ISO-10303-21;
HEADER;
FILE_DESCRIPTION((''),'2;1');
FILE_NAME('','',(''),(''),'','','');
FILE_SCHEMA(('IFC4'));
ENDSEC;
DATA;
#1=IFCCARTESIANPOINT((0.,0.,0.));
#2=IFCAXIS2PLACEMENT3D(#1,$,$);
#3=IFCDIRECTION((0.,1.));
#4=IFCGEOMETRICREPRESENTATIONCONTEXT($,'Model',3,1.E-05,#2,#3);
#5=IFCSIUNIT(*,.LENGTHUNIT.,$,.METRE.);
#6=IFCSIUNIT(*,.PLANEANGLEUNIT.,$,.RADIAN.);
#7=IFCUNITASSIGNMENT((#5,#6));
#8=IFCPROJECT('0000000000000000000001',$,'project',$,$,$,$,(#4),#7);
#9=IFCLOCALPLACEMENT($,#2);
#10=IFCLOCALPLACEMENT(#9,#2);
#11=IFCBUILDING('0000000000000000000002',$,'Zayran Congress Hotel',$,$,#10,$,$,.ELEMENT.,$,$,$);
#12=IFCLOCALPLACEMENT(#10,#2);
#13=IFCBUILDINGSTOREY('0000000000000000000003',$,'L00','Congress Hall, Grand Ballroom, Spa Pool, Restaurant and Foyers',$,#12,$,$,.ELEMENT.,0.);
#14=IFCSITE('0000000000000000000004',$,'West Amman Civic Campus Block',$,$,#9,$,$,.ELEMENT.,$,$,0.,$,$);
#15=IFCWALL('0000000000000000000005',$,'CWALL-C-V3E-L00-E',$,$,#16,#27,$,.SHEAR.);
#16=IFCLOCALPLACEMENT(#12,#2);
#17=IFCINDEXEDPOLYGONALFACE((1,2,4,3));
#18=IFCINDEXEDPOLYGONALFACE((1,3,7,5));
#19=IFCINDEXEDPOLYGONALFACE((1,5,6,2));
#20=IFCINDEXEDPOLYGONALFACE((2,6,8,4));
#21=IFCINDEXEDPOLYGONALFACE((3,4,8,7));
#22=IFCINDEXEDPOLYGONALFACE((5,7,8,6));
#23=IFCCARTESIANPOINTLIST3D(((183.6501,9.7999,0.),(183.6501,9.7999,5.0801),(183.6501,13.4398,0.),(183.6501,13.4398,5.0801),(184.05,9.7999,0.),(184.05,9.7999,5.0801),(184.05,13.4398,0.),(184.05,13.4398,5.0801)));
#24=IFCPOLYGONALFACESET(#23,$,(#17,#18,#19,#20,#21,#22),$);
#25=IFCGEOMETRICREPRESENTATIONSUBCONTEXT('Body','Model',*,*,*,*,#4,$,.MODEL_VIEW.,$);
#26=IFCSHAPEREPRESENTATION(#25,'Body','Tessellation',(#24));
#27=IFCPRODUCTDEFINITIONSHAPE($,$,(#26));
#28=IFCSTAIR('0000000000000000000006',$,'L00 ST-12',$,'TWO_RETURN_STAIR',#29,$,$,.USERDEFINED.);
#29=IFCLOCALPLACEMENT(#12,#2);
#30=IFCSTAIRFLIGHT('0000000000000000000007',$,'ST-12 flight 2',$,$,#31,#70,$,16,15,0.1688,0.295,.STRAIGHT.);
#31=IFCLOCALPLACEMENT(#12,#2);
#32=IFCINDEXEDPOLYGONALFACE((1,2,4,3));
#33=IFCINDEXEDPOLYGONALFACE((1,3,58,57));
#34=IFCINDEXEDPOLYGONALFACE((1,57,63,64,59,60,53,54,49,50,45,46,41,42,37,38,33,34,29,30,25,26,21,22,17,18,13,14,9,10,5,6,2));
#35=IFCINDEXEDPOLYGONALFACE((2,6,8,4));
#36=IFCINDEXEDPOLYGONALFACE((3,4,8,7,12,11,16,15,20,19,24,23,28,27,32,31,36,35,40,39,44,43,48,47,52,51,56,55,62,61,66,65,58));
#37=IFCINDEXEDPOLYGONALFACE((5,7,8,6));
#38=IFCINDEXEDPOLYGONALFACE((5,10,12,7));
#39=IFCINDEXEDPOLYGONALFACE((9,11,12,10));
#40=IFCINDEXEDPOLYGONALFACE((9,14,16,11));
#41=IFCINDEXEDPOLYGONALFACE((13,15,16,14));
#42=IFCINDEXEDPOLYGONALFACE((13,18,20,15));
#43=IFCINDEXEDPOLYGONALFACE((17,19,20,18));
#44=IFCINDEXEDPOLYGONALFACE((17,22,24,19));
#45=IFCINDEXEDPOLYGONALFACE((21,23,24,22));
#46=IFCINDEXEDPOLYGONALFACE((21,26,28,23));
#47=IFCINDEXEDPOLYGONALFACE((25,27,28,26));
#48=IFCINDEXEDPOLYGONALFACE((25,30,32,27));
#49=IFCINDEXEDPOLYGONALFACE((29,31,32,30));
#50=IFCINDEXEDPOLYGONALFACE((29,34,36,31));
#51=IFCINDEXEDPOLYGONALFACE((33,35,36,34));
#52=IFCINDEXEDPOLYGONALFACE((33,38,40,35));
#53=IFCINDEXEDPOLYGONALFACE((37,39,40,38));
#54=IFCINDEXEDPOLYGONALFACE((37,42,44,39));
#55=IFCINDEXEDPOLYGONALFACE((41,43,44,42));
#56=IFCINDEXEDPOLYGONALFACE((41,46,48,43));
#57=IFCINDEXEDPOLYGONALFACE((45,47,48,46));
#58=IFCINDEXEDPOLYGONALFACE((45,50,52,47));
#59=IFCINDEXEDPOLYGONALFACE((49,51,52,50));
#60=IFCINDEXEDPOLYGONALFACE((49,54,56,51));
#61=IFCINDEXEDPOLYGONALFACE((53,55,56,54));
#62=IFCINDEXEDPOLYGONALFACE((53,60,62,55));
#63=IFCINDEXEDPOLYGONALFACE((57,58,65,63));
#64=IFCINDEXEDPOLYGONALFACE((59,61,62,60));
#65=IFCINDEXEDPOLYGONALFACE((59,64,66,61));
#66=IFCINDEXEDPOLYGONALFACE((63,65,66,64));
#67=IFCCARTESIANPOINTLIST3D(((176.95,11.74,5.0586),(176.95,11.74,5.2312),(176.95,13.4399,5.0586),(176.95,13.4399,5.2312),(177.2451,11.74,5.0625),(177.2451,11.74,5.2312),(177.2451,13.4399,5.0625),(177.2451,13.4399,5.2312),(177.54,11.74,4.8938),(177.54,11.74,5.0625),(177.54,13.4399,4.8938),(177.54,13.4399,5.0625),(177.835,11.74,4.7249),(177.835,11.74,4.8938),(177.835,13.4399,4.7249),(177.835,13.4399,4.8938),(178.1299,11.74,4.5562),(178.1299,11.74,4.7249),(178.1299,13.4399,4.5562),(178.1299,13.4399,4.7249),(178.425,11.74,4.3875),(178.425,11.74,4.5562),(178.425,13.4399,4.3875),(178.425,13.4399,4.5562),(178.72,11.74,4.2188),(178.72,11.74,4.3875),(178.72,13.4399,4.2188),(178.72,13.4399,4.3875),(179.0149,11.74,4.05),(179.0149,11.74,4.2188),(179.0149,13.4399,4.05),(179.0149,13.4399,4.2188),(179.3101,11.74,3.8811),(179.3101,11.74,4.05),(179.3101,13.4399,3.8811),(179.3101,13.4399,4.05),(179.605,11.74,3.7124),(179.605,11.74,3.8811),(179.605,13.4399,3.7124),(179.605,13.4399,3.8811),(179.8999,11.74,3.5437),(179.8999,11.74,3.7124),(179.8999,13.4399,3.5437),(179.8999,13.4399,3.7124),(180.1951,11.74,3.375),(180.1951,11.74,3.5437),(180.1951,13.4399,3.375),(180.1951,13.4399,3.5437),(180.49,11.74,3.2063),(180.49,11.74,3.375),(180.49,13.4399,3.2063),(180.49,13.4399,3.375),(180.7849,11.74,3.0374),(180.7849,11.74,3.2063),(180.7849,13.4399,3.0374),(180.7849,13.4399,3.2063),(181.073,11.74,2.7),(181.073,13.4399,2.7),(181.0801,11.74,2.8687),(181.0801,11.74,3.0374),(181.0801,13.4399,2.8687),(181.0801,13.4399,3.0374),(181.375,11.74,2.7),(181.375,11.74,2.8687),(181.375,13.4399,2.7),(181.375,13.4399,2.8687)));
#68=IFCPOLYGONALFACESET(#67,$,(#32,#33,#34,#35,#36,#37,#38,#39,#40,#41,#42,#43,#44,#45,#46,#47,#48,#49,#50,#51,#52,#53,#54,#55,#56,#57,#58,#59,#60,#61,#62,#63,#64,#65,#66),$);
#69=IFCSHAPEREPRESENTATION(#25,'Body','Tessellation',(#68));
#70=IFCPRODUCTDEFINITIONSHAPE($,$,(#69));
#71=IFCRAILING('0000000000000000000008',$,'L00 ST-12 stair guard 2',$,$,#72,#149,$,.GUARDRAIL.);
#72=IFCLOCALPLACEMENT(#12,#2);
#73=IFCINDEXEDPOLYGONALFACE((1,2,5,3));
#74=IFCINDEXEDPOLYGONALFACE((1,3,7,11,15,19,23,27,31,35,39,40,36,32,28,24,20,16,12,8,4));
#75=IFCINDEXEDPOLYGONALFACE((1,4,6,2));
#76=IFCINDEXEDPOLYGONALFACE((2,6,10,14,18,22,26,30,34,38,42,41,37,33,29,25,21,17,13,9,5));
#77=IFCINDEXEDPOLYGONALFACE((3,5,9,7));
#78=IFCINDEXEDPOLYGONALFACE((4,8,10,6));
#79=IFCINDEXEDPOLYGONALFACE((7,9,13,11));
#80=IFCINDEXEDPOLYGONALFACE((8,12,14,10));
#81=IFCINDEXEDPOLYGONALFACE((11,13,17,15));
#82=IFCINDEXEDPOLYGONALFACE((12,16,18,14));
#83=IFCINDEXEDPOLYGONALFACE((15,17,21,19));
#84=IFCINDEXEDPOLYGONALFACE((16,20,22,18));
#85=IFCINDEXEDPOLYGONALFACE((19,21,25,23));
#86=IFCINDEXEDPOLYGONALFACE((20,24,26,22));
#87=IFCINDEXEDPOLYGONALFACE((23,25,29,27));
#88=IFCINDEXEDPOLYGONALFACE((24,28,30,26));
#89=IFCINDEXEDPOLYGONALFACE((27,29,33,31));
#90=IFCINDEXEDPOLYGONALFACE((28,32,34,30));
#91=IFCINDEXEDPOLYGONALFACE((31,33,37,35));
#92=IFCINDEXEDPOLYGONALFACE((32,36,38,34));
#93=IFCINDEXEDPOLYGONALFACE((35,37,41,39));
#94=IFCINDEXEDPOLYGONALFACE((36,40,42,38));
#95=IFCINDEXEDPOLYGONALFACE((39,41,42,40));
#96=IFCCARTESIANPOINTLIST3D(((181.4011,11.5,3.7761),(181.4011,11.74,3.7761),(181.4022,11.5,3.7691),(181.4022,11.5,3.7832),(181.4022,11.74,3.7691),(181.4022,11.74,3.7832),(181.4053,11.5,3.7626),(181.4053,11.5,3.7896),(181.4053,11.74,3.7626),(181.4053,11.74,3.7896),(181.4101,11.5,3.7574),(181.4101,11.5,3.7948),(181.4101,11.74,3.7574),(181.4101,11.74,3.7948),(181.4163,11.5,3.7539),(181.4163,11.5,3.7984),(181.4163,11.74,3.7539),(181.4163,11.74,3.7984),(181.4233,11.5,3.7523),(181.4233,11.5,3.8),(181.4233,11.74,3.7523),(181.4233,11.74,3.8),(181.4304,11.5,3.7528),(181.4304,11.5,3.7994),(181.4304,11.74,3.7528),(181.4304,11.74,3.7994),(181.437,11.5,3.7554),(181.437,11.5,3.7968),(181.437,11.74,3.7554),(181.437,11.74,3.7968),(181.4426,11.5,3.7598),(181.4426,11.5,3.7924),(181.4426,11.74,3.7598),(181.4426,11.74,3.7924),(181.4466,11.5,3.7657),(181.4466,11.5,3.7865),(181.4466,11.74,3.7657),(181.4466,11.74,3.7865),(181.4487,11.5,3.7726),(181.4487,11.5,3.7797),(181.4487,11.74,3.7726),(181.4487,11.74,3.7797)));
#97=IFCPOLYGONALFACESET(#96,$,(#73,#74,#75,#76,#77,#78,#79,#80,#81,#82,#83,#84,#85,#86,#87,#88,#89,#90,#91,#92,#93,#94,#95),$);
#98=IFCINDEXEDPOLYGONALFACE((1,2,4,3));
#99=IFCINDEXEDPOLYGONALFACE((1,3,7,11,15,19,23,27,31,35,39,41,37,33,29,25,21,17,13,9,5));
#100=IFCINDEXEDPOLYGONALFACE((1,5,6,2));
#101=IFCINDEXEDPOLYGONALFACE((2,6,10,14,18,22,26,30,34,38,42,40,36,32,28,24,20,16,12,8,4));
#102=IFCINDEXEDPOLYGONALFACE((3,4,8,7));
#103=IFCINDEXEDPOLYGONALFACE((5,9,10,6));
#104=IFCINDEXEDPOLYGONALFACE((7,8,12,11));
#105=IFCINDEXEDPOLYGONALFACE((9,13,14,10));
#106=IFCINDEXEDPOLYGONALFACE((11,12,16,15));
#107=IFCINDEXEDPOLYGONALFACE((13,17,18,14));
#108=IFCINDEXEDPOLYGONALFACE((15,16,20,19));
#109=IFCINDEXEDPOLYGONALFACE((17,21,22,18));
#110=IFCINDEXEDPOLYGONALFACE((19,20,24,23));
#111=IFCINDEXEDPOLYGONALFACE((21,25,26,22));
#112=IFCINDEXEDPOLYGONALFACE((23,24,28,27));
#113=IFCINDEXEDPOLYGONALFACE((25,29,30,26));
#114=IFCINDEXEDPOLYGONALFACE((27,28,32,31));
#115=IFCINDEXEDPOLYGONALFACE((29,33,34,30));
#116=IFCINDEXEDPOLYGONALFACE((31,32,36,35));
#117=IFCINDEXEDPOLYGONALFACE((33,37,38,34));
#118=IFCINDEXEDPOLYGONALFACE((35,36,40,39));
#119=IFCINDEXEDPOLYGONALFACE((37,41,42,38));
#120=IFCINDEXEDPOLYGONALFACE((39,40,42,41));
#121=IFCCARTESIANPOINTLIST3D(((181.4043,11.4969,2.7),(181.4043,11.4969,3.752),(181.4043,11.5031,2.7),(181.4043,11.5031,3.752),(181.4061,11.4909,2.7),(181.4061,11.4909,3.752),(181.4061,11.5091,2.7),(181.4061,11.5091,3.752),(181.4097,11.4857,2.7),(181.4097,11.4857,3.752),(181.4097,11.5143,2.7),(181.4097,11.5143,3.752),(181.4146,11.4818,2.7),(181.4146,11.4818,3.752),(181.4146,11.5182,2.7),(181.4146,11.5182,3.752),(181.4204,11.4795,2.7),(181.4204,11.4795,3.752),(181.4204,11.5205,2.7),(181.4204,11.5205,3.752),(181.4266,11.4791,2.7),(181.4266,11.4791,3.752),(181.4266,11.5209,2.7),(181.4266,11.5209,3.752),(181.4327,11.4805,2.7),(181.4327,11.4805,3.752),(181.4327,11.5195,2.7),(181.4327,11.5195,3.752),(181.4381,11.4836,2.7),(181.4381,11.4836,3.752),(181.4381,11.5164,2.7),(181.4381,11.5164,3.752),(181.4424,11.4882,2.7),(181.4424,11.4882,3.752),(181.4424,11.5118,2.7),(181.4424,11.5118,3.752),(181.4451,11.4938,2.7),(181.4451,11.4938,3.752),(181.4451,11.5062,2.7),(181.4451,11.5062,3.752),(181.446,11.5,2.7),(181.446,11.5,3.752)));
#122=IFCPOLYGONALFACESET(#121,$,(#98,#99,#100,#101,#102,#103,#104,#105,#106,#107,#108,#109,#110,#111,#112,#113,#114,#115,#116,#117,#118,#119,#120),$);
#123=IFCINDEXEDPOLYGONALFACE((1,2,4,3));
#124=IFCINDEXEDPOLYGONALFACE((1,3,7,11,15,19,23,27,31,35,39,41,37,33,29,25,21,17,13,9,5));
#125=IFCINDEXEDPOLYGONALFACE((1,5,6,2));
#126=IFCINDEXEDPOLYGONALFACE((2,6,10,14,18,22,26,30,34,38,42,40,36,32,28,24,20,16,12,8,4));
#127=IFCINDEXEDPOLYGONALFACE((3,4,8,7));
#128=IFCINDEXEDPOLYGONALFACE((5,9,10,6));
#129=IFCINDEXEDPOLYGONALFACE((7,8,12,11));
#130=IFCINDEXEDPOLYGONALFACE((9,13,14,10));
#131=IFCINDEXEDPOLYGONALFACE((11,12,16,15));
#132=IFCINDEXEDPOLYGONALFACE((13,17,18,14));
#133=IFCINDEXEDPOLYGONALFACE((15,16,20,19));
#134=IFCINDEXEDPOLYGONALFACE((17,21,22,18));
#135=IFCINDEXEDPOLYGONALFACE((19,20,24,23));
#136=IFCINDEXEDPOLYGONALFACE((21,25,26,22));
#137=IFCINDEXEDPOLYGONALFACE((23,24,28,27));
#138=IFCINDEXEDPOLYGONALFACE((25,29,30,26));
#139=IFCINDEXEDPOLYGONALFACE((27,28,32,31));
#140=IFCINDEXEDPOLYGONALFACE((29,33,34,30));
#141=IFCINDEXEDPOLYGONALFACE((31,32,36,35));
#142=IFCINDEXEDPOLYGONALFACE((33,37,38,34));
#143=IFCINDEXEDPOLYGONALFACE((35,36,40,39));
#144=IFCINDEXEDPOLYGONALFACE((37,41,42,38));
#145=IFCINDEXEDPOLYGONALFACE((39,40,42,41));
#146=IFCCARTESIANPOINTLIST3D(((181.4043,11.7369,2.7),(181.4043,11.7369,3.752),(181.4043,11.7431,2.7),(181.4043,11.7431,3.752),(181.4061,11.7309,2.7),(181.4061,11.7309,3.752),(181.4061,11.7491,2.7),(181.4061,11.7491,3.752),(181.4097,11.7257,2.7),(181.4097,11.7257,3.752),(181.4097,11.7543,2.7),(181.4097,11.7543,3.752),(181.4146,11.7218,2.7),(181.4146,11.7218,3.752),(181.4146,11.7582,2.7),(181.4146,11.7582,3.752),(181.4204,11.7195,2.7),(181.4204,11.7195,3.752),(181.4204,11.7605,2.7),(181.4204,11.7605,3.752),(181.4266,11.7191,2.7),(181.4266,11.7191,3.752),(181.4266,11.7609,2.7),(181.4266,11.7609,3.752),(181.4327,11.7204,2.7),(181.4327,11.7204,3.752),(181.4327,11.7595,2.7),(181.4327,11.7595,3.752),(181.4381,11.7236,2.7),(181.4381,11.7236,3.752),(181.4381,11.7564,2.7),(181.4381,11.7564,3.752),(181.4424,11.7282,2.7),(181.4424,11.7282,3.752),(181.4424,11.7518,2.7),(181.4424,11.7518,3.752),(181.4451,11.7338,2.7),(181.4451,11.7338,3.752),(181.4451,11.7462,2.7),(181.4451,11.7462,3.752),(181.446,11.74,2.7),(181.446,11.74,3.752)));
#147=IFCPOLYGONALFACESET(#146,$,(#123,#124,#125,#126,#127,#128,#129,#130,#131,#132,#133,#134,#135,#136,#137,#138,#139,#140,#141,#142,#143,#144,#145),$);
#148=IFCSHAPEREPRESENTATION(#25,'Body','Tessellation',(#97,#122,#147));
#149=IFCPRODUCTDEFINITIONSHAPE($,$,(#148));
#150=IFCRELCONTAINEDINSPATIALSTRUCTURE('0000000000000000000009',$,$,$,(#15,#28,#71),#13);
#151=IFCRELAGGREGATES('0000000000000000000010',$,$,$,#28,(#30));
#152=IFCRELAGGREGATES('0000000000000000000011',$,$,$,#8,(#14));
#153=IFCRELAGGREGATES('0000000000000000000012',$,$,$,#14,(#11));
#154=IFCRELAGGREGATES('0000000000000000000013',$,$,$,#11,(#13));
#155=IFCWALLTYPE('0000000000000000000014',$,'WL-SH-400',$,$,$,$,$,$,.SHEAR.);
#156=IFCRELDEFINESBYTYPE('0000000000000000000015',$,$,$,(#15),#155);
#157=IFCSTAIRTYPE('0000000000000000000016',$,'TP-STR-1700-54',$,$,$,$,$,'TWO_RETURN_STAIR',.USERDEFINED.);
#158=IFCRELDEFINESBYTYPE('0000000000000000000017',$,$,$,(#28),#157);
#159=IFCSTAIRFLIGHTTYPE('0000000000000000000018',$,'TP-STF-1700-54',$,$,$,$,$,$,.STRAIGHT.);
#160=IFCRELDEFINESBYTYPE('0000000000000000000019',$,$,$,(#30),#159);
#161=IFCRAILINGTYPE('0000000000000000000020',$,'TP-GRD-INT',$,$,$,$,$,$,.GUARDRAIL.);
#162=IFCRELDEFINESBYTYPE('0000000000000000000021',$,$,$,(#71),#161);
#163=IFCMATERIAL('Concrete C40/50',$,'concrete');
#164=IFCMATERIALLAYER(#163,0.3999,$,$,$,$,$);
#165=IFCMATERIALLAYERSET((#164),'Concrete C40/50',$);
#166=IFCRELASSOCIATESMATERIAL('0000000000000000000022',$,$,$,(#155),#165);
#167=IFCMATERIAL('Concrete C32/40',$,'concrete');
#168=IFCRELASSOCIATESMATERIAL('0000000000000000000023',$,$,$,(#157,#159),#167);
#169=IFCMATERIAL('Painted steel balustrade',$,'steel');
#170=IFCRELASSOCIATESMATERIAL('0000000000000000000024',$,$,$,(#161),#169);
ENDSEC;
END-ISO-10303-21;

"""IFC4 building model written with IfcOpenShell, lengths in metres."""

from ifc_helpers import new_model, si_unit, direction, frame, frame_2d, origin, origin_2d, place, context, subcontext, project, spatial, polyline, rectangle, circle, outline, extrude, material, layer, layer_set, type_object, element, aggregate, save


model = new_model("IFC4")

# Units and contexts
model_context = context("Model", 3, precision=1e-05, world=origin(), true_north=direction((0.0, 1.0)))
body_context = subcontext(model_context, "Body", "Model", "MODEL_VIEW")
ifc_project = project(units=[si_unit("LENGTHUNIT", "METRE"), si_unit("PLANEANGLEUNIT", "RADIAN")], contexts=[model_context])

# Site, building, storey
site_placement = place(None, origin())
site = spatial("IfcSite", under=ifc_project, at=site_placement, Name="West Amman Civic Campus Block", CompositionType="ELEMENT", RefElevation=0.0)
building_placement = place(site_placement, origin())
building = spatial("IfcBuilding", under=site, at=building_placement, Name="Zayran Congress Hotel", CompositionType="ELEMENT")
storey_placement = place(building_placement, origin())
storey = spatial("IfcBuildingStorey", under=building, at=storey_placement, Name="L00", Description="Congress Hall, Grand Ballroom, Spa Pool, Restaurant and Foyers", CompositionType="ELEMENT", Elevation=0.0)

# Shared definitions
ifc_material_1 = material(Name="Concrete C40/50", Category="concrete")

# Wall
ifc_layer_1 = layer(ifc_material_1, 0.3999)
ifc_layer_set_1 = layer_set([ifc_layer_1], Name="Concrete C40/50")
wall_type_1 = type_object("IfcWallType", Name="WL-SH-400", PredefinedType="SHEAR", material=ifc_layer_set_1)
wall_1_placement = place(storey_placement, frame((183.8501, 9.8, 0.0), z_axis=(0.0, 0.0, 1.0), x_axis=(0.0, 1.0, 0.0)))
element("IfcWall", 1, at=wall_1_placement, inside=storey, type_object=wall_type_1, Name="CWALL-C-V3E-L00-E", PredefinedType="SHEAR", context=body_context, shape_type="SweptSolid", body=[
    extrude(rectangle(XDim=3.6399, YDim=0.3999, at=frame_2d((1.8198, 0.0))), origin(), (0.0, 0.0, 1.0), 5.0801),
])

# Stair, stair flight
ifc_material_2 = material(Name="Concrete C32/40", Category="concrete")
stair_type = type_object("IfcStairType", Name="TP-STR-1700-54", ElementType="TWO_RETURN_STAIR", PredefinedType="USERDEFINED", material=ifc_material_2)
stair_placement = place(storey_placement, origin())
stair = element("IfcStair", 2, at=stair_placement, inside=storey, type_object=stair_type, Name="L00 ST-12", ObjectType="TWO_RETURN_STAIR", PredefinedType="USERDEFINED")
stair_flight_type = type_object("IfcStairFlightType", Name="TP-STF-1700-54", PredefinedType="STRAIGHT", material=ifc_material_2)
stair_flight_placement = place(storey_placement, frame((181.375, 12.5901, 2.7), z_axis=(0.0, 0.0, 1.0), x_axis=(-1.0, 0.0, 0.0)))
stair_flight = element("IfcStairFlight", 3, at=stair_flight_placement, type_object=stair_flight_type, Name="ST-12 flight 2", NumberOfRisers=16, NumberOfTreads=15, PredefinedType="STRAIGHT", RiserHeight=0.1688, TreadLength=0.295, context=body_context, shape_type="SweptSolid", body=[
    extrude(outline(polyline([(0.0, 0.0), (0.0, 0.1687), (0.2949, 0.1687), (0.2949, 0.3374), (0.5901, 0.3374), (0.5901, 0.5063), (0.885, 0.5063), (0.885, 0.675), (1.1799, 0.675), (1.1799, 0.8438), (1.4751, 0.8438), (1.4751, 1.0125), (1.77, 1.0125), (1.77, 1.1812), (2.0649, 1.1812), (2.0649, 1.3501), (2.3601, 1.3501), (2.3601, 1.5188), (2.655, 1.5188), (2.655, 1.6875), (2.95, 1.6875), (2.95, 1.8562), (3.2451, 1.8562), (3.2451, 2.0249), (3.54, 2.0249), (3.54, 2.1938), (3.835, 2.1938), (3.835, 2.3625), (4.1299, 2.3625), (4.1299, 2.5312), (4.425, 2.5312), (4.425, 2.7), (4.425, 2.3586), (0.302, 0.0), (0.0, 0.0)])), frame((0.0, 0.8501, 0.0), z_axis=(0.0, -1.0, 0.0), x_axis=(1.0, 0.0, 0.0)), (0.0, 0.0, 1.0), 1.7),
])
aggregate(stair, [stair_flight])

# Railing
ifc_material_3 = material(Name="Painted steel balustrade", Category="steel")
railing_type_1 = type_object("IfcRailingType", Name="TP-GRD-INT", PredefinedType="GUARDRAIL", material=ifc_material_3)
railing_1_placement = place(storey_placement, frame((181.425, 11.5, 2.7)))
element("IfcRailing", 4, at=railing_1_placement, inside=storey, type_object=railing_type_1, Name="L00 ST-12 stair guard 2", PredefinedType="GUARDRAIL", context=body_context, shape_type="SweptSolid", body=[
    extrude(circle(Radius=0.0239, at=origin_2d()), frame((0.0, 0.0, 1.0762), z_axis=(0.0, 1.0, 0.0), x_axis=(-1.0, 0.0, 0.0)), (0.0, 0.0, 1.0), 0.24),
    extrude(circle(Radius=0.021, at=origin_2d()), origin(), (0.0, 0.0, 1.0), 1.052),
    extrude(circle(Radius=0.021, at=origin_2d()), frame((0.0, 0.24, 0.0)), (0.0, 0.0, 1.0), 1.052),
])

save(model, "model.ifc")
